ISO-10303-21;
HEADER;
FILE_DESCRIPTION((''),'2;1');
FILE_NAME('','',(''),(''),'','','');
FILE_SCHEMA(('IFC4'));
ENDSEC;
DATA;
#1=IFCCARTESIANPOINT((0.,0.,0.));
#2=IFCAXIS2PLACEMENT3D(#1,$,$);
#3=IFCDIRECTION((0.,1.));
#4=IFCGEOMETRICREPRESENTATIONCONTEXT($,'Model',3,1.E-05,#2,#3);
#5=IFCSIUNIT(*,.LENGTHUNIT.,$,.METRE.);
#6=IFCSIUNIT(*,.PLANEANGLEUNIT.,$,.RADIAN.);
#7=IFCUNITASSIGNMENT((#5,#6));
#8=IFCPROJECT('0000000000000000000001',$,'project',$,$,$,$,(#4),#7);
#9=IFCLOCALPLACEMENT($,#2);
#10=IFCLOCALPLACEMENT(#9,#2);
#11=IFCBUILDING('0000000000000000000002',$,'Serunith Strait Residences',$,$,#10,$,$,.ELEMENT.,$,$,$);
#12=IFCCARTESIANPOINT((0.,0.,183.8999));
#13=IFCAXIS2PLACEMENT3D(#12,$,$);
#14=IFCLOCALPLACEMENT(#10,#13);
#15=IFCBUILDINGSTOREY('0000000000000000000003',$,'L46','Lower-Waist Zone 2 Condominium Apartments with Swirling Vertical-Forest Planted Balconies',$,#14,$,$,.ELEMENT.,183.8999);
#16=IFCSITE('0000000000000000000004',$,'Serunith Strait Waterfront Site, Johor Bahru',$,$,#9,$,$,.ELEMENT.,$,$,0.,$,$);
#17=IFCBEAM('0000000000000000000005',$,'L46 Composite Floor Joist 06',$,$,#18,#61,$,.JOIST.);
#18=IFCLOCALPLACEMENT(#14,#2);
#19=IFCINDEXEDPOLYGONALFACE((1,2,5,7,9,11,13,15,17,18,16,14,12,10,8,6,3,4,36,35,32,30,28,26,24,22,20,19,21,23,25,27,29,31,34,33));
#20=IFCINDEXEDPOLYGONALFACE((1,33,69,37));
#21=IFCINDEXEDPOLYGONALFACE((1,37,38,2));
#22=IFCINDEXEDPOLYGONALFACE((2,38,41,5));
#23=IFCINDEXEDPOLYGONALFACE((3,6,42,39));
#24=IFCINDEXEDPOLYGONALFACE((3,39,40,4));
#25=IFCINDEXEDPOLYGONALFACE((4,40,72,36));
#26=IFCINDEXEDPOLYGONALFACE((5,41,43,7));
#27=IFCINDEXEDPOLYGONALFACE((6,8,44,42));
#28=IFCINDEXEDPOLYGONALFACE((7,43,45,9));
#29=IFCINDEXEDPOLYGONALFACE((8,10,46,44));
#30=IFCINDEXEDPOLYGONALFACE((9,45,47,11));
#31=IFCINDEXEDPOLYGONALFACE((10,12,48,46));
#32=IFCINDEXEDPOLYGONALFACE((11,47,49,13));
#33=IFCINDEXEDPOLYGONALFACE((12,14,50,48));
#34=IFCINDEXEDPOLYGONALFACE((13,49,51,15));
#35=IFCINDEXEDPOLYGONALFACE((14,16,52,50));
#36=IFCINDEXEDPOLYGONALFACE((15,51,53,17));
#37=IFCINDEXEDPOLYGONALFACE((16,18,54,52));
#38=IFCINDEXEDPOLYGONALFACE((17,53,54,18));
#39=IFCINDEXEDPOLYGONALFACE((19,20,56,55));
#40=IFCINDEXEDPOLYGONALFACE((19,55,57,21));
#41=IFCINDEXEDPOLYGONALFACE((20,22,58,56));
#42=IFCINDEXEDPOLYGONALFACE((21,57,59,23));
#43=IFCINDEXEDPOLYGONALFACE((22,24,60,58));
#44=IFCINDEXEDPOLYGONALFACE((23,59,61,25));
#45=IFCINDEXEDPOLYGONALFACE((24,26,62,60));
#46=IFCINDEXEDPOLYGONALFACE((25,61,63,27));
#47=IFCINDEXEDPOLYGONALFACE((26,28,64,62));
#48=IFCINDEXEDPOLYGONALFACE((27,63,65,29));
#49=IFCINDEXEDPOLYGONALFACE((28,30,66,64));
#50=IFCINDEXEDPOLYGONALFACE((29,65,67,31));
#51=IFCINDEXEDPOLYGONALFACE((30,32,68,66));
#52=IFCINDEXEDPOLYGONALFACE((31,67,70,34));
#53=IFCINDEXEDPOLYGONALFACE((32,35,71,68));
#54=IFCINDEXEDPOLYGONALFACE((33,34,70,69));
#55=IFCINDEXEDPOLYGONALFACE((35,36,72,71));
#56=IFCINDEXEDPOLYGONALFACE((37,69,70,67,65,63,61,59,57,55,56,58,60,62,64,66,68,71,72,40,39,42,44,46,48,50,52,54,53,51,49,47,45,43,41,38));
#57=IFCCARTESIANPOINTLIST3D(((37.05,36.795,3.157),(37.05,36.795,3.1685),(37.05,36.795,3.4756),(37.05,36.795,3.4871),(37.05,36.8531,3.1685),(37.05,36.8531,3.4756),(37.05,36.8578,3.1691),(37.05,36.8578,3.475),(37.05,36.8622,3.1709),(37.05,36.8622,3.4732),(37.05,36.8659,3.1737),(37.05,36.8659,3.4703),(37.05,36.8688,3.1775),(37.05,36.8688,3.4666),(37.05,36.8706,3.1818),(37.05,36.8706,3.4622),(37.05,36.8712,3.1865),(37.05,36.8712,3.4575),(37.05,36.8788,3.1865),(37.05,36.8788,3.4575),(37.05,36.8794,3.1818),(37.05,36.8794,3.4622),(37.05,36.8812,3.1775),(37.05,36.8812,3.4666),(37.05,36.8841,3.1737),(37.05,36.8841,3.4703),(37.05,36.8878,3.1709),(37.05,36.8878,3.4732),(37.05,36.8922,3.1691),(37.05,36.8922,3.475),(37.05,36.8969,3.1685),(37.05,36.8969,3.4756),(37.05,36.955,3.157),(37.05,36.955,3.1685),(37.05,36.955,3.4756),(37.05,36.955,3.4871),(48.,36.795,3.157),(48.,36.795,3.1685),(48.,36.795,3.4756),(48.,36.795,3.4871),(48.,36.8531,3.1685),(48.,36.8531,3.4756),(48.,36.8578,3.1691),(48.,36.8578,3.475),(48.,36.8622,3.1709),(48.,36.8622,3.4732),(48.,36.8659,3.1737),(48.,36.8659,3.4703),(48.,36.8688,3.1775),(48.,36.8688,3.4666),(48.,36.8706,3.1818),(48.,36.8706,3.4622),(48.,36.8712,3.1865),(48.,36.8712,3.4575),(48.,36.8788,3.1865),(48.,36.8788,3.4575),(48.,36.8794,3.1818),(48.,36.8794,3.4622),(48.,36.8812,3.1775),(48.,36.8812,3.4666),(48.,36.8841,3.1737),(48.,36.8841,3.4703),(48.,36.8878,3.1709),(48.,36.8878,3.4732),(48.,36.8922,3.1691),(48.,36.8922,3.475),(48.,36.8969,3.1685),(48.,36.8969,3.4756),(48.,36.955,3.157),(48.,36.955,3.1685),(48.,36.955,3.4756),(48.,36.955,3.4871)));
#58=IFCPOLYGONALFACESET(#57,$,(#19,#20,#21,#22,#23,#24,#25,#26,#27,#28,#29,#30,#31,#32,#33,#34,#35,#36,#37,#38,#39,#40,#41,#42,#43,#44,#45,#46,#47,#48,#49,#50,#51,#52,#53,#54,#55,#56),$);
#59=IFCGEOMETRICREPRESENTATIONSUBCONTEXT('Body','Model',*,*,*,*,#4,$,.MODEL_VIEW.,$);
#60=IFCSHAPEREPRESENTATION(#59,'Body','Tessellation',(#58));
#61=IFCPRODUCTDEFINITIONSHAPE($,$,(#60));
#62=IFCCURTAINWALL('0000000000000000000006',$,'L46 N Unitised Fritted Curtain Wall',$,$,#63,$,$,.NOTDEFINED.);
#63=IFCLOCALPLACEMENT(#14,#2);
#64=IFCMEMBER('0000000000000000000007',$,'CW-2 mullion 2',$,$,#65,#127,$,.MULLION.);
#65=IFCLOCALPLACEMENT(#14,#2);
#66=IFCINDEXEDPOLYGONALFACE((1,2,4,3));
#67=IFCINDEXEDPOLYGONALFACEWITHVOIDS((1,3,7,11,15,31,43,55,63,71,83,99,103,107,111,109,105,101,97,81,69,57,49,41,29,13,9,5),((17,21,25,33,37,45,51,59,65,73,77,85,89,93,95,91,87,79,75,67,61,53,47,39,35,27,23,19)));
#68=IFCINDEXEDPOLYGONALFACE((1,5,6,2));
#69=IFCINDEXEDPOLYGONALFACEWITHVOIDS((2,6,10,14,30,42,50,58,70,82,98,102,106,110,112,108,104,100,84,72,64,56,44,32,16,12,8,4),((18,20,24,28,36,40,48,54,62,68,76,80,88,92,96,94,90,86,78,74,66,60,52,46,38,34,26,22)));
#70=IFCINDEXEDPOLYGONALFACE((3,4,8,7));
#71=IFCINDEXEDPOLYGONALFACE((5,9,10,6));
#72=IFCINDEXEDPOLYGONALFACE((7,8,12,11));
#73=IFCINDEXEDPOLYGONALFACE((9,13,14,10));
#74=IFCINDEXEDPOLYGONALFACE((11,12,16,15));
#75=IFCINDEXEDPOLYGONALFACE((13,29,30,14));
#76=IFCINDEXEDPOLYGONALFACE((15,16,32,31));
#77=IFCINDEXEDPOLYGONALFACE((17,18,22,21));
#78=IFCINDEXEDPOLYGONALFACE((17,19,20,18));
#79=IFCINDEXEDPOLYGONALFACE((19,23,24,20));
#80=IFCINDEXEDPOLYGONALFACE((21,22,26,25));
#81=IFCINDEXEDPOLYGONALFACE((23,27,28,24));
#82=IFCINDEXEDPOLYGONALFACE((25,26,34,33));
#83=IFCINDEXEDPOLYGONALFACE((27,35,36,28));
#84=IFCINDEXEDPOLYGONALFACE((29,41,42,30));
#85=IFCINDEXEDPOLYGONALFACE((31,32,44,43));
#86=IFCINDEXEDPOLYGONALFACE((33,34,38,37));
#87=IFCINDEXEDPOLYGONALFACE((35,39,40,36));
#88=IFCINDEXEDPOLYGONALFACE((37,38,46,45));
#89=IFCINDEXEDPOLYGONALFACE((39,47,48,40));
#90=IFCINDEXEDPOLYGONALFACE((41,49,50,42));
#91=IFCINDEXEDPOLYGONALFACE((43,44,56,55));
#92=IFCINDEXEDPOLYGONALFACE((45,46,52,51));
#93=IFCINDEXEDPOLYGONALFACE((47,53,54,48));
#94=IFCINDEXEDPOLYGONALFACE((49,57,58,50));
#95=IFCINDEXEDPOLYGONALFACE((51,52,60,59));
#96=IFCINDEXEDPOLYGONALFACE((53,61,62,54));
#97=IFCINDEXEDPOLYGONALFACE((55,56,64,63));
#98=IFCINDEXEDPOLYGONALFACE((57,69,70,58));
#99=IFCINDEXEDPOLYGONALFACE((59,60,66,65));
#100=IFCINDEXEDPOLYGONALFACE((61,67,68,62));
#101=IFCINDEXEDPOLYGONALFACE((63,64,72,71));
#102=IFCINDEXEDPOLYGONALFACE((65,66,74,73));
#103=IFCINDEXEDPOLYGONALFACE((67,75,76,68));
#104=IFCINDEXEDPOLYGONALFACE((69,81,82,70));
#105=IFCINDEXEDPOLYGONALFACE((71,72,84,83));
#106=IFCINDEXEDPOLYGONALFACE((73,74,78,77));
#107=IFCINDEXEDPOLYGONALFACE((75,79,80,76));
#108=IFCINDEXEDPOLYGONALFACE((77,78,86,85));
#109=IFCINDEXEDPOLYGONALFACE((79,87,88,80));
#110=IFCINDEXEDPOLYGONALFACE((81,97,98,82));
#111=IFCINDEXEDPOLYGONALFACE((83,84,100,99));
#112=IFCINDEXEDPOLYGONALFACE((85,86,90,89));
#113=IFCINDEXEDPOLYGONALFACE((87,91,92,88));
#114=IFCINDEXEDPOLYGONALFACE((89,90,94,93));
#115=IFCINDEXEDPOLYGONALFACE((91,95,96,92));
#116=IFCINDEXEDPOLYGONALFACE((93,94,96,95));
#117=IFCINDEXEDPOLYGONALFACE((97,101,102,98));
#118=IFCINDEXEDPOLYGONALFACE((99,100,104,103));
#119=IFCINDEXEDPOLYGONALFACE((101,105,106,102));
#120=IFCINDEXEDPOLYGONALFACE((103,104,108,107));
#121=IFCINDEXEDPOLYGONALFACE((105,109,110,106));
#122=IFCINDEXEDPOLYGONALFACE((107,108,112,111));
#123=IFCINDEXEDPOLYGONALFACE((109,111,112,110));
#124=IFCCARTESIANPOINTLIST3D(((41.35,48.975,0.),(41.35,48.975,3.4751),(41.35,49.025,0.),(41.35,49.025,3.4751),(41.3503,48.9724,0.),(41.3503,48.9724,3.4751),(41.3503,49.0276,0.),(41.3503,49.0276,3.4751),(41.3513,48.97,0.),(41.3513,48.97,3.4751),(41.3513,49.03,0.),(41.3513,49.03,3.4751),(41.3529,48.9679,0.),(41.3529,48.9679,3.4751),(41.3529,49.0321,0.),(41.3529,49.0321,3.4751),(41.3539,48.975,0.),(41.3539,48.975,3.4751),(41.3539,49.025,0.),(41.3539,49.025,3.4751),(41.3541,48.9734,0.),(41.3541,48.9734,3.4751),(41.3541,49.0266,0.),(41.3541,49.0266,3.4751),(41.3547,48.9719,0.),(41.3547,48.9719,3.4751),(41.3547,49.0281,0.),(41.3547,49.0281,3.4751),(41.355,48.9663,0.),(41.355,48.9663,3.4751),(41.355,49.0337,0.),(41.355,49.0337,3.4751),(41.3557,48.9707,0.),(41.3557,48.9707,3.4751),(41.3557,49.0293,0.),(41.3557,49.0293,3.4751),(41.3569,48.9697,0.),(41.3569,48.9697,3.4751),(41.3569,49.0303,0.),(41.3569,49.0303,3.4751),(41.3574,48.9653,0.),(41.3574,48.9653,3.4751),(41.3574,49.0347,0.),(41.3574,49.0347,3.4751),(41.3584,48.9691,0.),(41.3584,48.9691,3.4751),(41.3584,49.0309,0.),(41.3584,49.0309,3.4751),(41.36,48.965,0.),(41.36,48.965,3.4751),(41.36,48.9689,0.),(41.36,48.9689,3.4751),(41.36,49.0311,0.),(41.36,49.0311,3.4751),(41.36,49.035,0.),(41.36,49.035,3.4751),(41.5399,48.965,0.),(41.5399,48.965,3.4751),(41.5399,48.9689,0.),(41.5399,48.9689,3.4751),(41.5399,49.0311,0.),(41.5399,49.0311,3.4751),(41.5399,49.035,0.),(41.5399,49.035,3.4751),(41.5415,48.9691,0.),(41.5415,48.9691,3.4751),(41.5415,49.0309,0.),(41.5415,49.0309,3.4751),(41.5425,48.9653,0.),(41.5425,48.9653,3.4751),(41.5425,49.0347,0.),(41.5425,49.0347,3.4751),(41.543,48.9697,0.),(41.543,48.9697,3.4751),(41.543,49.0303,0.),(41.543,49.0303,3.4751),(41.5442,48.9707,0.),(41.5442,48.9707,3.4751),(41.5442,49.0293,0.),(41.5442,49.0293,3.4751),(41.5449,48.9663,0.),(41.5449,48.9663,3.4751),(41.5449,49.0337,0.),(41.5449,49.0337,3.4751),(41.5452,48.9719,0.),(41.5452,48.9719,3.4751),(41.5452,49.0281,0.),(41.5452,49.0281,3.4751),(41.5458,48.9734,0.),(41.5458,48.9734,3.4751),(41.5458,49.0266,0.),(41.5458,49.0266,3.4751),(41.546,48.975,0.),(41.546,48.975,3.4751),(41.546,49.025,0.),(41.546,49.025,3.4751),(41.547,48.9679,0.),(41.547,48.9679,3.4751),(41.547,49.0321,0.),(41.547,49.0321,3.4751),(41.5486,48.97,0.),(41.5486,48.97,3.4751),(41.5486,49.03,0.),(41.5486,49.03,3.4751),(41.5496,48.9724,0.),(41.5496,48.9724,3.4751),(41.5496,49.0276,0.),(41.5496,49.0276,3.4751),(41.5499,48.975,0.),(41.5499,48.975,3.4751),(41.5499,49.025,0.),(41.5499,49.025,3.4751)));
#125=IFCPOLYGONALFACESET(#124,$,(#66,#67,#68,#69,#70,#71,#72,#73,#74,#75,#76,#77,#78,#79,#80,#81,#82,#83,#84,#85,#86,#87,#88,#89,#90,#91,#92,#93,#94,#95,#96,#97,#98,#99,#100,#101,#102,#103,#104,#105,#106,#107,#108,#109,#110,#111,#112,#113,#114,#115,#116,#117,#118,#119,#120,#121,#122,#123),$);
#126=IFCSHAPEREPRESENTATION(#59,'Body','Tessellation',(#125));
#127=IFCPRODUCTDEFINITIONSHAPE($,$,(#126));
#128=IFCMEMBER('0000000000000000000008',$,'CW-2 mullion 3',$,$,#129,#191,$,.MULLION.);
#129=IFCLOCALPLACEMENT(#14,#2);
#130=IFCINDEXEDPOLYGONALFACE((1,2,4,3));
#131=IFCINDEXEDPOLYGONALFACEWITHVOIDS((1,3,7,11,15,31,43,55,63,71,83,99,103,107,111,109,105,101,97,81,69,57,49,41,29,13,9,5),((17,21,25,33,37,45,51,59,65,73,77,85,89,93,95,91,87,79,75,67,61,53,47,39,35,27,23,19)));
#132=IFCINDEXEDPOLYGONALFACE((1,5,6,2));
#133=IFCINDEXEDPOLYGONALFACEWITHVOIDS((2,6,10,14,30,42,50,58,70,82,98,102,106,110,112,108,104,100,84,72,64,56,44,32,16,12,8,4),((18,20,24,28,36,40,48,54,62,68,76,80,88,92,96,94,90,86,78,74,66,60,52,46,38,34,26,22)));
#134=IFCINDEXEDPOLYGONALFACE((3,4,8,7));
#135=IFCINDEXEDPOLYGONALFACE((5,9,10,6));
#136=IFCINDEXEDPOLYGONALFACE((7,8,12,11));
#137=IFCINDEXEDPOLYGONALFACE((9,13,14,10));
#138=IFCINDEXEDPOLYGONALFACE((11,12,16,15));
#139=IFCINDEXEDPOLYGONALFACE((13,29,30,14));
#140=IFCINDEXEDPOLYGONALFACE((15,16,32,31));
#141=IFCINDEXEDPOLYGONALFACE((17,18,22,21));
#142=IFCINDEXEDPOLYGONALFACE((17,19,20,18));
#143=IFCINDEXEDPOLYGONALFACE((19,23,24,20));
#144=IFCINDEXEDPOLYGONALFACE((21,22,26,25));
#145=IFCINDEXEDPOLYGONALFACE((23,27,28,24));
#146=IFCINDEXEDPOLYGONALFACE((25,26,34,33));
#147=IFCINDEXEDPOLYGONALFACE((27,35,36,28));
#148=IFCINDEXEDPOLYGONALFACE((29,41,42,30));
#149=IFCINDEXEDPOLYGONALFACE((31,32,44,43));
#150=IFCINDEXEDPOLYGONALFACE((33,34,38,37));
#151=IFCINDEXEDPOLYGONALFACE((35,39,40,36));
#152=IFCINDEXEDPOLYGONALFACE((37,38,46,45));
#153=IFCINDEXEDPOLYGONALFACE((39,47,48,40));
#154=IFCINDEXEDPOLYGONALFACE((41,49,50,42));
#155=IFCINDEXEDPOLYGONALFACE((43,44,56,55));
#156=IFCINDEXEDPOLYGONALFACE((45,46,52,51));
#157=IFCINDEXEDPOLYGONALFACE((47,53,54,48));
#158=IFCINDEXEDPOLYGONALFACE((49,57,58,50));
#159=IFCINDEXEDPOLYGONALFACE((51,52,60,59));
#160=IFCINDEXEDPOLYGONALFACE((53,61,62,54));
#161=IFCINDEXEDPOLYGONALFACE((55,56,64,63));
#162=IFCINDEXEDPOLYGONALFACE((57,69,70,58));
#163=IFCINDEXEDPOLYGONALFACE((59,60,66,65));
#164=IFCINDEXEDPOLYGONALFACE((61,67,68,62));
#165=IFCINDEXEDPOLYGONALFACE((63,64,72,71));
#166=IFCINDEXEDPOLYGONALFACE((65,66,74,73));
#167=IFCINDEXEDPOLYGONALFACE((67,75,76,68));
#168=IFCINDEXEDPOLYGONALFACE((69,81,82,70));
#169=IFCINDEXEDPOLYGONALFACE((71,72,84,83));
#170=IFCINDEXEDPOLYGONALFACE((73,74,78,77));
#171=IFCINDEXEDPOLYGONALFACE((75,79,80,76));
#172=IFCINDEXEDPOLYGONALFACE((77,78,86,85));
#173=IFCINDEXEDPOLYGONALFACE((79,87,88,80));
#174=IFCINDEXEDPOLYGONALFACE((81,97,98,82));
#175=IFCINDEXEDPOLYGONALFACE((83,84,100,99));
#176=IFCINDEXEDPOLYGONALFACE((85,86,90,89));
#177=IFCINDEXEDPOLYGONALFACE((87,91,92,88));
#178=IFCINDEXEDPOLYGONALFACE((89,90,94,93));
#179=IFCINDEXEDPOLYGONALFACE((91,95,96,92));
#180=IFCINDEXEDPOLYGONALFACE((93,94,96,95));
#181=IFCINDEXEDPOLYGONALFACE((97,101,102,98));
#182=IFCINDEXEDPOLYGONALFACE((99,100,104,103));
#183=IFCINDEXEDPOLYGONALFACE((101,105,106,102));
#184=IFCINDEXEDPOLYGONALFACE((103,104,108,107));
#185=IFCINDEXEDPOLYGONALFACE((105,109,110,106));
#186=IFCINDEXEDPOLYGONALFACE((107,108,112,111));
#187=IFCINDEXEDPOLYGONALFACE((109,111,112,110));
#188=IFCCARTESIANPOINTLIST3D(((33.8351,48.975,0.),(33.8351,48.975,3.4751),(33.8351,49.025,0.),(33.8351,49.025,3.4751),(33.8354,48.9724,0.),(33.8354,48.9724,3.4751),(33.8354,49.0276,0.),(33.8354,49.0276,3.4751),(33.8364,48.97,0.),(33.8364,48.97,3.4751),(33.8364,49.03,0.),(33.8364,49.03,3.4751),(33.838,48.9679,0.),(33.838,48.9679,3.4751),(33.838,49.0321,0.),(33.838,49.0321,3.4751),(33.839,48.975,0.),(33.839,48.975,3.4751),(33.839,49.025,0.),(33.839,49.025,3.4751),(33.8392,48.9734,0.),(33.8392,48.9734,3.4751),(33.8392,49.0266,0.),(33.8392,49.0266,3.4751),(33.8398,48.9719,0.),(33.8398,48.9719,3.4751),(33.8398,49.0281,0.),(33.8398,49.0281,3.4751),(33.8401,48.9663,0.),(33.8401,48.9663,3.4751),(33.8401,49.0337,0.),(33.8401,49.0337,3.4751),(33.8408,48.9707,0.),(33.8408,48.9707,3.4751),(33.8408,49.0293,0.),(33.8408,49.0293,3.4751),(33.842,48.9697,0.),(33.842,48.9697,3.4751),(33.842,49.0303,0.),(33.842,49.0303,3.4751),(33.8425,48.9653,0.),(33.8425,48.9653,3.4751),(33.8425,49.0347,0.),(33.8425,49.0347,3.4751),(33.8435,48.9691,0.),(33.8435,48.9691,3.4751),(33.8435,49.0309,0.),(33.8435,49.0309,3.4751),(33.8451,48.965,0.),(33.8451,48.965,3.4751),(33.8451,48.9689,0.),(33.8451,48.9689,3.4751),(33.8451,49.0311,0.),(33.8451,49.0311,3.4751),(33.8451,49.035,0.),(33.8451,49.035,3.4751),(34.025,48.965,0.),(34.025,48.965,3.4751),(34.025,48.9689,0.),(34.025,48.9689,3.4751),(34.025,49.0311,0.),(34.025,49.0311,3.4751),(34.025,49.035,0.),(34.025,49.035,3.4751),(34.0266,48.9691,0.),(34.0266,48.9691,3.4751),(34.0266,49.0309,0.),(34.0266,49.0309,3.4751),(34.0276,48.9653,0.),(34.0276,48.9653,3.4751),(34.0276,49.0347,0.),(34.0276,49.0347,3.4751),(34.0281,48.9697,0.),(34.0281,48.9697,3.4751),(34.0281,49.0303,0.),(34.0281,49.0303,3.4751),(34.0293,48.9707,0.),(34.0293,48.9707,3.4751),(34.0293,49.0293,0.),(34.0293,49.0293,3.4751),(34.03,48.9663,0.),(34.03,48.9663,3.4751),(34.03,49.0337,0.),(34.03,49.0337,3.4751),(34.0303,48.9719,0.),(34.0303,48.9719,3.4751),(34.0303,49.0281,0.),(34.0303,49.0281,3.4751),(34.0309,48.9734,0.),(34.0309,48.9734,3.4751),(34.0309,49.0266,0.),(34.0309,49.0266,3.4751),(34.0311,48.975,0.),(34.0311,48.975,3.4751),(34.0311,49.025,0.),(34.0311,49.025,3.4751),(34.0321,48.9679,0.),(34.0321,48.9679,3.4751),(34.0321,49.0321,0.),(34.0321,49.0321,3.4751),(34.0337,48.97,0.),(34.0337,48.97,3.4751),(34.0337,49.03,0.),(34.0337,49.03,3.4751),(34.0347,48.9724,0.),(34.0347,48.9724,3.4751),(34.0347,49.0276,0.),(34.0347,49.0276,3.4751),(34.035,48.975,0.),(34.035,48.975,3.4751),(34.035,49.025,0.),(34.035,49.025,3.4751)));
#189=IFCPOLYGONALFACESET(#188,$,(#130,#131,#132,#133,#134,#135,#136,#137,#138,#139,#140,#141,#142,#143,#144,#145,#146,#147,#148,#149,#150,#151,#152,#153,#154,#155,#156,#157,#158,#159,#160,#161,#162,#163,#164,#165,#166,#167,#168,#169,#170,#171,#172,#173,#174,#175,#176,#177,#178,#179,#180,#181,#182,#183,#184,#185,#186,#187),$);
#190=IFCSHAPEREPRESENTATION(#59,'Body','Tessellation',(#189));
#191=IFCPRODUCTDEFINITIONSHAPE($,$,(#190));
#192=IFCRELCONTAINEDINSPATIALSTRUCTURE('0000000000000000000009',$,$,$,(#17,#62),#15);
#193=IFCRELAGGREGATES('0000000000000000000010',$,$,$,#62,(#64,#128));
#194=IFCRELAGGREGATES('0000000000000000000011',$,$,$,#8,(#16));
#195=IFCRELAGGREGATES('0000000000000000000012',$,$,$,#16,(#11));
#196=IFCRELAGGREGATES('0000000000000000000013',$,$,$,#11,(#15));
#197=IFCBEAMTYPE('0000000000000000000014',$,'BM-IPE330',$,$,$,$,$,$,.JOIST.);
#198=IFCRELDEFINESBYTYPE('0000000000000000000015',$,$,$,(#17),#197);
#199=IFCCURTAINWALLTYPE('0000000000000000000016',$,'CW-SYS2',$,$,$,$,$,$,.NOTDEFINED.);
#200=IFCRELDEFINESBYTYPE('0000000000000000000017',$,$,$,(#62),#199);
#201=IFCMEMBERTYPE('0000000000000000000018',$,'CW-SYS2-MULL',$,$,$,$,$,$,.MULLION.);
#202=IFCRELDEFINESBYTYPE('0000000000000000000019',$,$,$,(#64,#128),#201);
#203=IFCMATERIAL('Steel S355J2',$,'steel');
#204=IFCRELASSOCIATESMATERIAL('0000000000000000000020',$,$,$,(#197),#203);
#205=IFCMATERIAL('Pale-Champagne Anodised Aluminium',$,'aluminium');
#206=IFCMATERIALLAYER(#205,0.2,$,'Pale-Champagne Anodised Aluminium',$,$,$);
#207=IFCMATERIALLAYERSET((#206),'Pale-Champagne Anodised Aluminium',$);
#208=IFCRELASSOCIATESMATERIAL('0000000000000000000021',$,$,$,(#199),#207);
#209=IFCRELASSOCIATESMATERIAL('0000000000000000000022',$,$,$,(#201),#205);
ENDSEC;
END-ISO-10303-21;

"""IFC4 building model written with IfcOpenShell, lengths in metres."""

from ifc_helpers import new_model, si_unit, direction, frame, origin, origin_2d, place, context, subcontext, project, spatial, hollow_rectangle, i_section, extrude, source, transform, mapped, material, layer, layer_set, material_profile, profile_set, type_object, element, aggregate, save


model = new_model("IFC4")

# Units and contexts
model_context = context("Model", 3, precision=1e-05, world=origin(), true_north=direction((0.0, 1.0)))
body_context = subcontext(model_context, "Body", "Model", "MODEL_VIEW")
ifc_project = project(units=[si_unit("LENGTHUNIT", "METRE"), si_unit("PLANEANGLEUNIT", "RADIAN")], contexts=[model_context])

# Site, building, storey
site_placement = place(None, origin())
site = spatial("IfcSite", under=ifc_project, at=site_placement, Name="Serunith Strait Waterfront Site, Johor Bahru", CompositionType="ELEMENT", RefElevation=0.0)
building_placement = place(site_placement, origin())
building = spatial("IfcBuilding", under=site, at=building_placement, Name="Serunith Strait Residences", CompositionType="ELEMENT")
storey_placement = place(building_placement, frame((0.0, 0.0, 183.8999)))
storey = spatial("IfcBuildingStorey", under=building, at=storey_placement, Name="L46", Description="Lower-Waist Zone 2 Condominium Apartments with Swirling Vertical-Forest Planted Balconies", CompositionType="ELEMENT", Elevation=183.8999)

# Beam
ifc_material_1 = material(Name="Steel S355J2", Category="steel")
ifc_material_profile_1 = material_profile(ifc_material_1, i_section(OverallWidth=0.1599, OverallDepth=0.3301, WebThickness=0.0076, FlangeThickness=0.0115, FilletRadius=0.0181, at=origin_2d()), Name="IPE 330")
ifc_profile_set_1 = profile_set([ifc_material_profile_1], Name="Steel S355J2")
beam_type_1 = type_object("IfcBeamType", Name="BM-IPE330", PredefinedType="JOIST", material=ifc_profile_set_1)
shared_shape_1 = source(origin(), body_context, "Body", "SweptSolid", [
    extrude(i_section(OverallWidth=0.1599, OverallDepth=0.3301, WebThickness=0.0076, FlangeThickness=0.0115, FilletRadius=0.0181, at=origin_2d()), origin(), (0.0, 0.0, 1.0), 10.95),
])
beam_1_placement = place(storey_placement, frame((37.05, 36.875, 3.322), z_axis=(1.0, 0.0, 0.0), x_axis=(0.0, 1.0, 0.0)))
element("IfcBeam", 1, at=beam_1_placement, inside=storey, type_object=beam_type_1, Name="L46 Composite Floor Joist 06", PredefinedType="JOIST", context=body_context, shape_type="MappedRepresentation", body=[
    mapped(shared_shape_1, transform((0.0, 0.0, 0.0), scale=1.0)),
])

# Curtain wall, members
ifc_material_2 = material(Name="Pale-Champagne Anodised Aluminium", Category="aluminium")
ifc_layer_1 = layer(ifc_material_2, 0.2, Name="Pale-Champagne Anodised Aluminium")
ifc_layer_set_1 = layer_set([ifc_layer_1], Name="Pale-Champagne Anodised Aluminium")
curtain_wall_type = type_object("IfcCurtainWallType", Name="CW-SYS2", PredefinedType="NOTDEFINED", material=ifc_layer_set_1)
curtain_wall_1_placement = place(storey_placement, origin())
curtain_wall_1 = element("IfcCurtainWall", 2, at=curtain_wall_1_placement, inside=storey, type_object=curtain_wall_type, Name="L46 N Unitised Fritted Curtain Wall", PredefinedType="NOTDEFINED")
ifc_material_profile_2 = material_profile(ifc_material_2, hollow_rectangle(XDim=0.0701, YDim=0.2, WallThickness=0.0039, InnerFilletRadius=0.0061, OuterFilletRadius=0.01, at=origin_2d()), Name="ALU 200x70x4")
ifc_profile_set_2 = profile_set([ifc_material_profile_2], Name="Pale-Champagne Anodised Aluminium")
member_type_1 = type_object("IfcMemberType", Name="CW-SYS2-MULL", PredefinedType="MULLION", material=ifc_profile_set_2)
shared_shape_2 = source(origin(), body_context, "Body", "SweptSolid", [
    extrude(hollow_rectangle(XDim=0.0701, YDim=0.2, WallThickness=0.0039, InnerFilletRadius=0.0061, OuterFilletRadius=0.01, at=origin_2d()), origin(), (0.0, 0.0, 1.0), 3.4751),
])
member_1_placement = place(storey_placement, frame((41.45, 49.0, 0.0), z_axis=(0.0, 0.0, 1.0), x_axis=(0.0, -1.0, 0.0)))
member_1 = element("IfcMember", 3, at=member_1_placement, type_object=member_type_1, Name="CW-2 mullion 2", PredefinedType="MULLION", context=body_context, shape_type="MappedRepresentation", body=[
    mapped(shared_shape_2, transform((0.0, 0.0, 0.0), scale=1.0)),
])
member_2_placement = place(storey_placement, frame((33.9351, 49.0, 0.0), z_axis=(0.0, 0.0, 1.0), x_axis=(0.0, -1.0, 0.0)))
member_2 = element("IfcMember", 4, at=member_2_placement, type_object=member_type_1, Name="CW-2 mullion 3", PredefinedType="MULLION", context=body_context, shape_type="MappedRepresentation", body=[
    mapped(shared_shape_2, transform((0.0, 0.0, 0.0), scale=1.0)),
])

aggregate(curtain_wall_1, [member_1, member_2])

save(model, "model.ifc")
